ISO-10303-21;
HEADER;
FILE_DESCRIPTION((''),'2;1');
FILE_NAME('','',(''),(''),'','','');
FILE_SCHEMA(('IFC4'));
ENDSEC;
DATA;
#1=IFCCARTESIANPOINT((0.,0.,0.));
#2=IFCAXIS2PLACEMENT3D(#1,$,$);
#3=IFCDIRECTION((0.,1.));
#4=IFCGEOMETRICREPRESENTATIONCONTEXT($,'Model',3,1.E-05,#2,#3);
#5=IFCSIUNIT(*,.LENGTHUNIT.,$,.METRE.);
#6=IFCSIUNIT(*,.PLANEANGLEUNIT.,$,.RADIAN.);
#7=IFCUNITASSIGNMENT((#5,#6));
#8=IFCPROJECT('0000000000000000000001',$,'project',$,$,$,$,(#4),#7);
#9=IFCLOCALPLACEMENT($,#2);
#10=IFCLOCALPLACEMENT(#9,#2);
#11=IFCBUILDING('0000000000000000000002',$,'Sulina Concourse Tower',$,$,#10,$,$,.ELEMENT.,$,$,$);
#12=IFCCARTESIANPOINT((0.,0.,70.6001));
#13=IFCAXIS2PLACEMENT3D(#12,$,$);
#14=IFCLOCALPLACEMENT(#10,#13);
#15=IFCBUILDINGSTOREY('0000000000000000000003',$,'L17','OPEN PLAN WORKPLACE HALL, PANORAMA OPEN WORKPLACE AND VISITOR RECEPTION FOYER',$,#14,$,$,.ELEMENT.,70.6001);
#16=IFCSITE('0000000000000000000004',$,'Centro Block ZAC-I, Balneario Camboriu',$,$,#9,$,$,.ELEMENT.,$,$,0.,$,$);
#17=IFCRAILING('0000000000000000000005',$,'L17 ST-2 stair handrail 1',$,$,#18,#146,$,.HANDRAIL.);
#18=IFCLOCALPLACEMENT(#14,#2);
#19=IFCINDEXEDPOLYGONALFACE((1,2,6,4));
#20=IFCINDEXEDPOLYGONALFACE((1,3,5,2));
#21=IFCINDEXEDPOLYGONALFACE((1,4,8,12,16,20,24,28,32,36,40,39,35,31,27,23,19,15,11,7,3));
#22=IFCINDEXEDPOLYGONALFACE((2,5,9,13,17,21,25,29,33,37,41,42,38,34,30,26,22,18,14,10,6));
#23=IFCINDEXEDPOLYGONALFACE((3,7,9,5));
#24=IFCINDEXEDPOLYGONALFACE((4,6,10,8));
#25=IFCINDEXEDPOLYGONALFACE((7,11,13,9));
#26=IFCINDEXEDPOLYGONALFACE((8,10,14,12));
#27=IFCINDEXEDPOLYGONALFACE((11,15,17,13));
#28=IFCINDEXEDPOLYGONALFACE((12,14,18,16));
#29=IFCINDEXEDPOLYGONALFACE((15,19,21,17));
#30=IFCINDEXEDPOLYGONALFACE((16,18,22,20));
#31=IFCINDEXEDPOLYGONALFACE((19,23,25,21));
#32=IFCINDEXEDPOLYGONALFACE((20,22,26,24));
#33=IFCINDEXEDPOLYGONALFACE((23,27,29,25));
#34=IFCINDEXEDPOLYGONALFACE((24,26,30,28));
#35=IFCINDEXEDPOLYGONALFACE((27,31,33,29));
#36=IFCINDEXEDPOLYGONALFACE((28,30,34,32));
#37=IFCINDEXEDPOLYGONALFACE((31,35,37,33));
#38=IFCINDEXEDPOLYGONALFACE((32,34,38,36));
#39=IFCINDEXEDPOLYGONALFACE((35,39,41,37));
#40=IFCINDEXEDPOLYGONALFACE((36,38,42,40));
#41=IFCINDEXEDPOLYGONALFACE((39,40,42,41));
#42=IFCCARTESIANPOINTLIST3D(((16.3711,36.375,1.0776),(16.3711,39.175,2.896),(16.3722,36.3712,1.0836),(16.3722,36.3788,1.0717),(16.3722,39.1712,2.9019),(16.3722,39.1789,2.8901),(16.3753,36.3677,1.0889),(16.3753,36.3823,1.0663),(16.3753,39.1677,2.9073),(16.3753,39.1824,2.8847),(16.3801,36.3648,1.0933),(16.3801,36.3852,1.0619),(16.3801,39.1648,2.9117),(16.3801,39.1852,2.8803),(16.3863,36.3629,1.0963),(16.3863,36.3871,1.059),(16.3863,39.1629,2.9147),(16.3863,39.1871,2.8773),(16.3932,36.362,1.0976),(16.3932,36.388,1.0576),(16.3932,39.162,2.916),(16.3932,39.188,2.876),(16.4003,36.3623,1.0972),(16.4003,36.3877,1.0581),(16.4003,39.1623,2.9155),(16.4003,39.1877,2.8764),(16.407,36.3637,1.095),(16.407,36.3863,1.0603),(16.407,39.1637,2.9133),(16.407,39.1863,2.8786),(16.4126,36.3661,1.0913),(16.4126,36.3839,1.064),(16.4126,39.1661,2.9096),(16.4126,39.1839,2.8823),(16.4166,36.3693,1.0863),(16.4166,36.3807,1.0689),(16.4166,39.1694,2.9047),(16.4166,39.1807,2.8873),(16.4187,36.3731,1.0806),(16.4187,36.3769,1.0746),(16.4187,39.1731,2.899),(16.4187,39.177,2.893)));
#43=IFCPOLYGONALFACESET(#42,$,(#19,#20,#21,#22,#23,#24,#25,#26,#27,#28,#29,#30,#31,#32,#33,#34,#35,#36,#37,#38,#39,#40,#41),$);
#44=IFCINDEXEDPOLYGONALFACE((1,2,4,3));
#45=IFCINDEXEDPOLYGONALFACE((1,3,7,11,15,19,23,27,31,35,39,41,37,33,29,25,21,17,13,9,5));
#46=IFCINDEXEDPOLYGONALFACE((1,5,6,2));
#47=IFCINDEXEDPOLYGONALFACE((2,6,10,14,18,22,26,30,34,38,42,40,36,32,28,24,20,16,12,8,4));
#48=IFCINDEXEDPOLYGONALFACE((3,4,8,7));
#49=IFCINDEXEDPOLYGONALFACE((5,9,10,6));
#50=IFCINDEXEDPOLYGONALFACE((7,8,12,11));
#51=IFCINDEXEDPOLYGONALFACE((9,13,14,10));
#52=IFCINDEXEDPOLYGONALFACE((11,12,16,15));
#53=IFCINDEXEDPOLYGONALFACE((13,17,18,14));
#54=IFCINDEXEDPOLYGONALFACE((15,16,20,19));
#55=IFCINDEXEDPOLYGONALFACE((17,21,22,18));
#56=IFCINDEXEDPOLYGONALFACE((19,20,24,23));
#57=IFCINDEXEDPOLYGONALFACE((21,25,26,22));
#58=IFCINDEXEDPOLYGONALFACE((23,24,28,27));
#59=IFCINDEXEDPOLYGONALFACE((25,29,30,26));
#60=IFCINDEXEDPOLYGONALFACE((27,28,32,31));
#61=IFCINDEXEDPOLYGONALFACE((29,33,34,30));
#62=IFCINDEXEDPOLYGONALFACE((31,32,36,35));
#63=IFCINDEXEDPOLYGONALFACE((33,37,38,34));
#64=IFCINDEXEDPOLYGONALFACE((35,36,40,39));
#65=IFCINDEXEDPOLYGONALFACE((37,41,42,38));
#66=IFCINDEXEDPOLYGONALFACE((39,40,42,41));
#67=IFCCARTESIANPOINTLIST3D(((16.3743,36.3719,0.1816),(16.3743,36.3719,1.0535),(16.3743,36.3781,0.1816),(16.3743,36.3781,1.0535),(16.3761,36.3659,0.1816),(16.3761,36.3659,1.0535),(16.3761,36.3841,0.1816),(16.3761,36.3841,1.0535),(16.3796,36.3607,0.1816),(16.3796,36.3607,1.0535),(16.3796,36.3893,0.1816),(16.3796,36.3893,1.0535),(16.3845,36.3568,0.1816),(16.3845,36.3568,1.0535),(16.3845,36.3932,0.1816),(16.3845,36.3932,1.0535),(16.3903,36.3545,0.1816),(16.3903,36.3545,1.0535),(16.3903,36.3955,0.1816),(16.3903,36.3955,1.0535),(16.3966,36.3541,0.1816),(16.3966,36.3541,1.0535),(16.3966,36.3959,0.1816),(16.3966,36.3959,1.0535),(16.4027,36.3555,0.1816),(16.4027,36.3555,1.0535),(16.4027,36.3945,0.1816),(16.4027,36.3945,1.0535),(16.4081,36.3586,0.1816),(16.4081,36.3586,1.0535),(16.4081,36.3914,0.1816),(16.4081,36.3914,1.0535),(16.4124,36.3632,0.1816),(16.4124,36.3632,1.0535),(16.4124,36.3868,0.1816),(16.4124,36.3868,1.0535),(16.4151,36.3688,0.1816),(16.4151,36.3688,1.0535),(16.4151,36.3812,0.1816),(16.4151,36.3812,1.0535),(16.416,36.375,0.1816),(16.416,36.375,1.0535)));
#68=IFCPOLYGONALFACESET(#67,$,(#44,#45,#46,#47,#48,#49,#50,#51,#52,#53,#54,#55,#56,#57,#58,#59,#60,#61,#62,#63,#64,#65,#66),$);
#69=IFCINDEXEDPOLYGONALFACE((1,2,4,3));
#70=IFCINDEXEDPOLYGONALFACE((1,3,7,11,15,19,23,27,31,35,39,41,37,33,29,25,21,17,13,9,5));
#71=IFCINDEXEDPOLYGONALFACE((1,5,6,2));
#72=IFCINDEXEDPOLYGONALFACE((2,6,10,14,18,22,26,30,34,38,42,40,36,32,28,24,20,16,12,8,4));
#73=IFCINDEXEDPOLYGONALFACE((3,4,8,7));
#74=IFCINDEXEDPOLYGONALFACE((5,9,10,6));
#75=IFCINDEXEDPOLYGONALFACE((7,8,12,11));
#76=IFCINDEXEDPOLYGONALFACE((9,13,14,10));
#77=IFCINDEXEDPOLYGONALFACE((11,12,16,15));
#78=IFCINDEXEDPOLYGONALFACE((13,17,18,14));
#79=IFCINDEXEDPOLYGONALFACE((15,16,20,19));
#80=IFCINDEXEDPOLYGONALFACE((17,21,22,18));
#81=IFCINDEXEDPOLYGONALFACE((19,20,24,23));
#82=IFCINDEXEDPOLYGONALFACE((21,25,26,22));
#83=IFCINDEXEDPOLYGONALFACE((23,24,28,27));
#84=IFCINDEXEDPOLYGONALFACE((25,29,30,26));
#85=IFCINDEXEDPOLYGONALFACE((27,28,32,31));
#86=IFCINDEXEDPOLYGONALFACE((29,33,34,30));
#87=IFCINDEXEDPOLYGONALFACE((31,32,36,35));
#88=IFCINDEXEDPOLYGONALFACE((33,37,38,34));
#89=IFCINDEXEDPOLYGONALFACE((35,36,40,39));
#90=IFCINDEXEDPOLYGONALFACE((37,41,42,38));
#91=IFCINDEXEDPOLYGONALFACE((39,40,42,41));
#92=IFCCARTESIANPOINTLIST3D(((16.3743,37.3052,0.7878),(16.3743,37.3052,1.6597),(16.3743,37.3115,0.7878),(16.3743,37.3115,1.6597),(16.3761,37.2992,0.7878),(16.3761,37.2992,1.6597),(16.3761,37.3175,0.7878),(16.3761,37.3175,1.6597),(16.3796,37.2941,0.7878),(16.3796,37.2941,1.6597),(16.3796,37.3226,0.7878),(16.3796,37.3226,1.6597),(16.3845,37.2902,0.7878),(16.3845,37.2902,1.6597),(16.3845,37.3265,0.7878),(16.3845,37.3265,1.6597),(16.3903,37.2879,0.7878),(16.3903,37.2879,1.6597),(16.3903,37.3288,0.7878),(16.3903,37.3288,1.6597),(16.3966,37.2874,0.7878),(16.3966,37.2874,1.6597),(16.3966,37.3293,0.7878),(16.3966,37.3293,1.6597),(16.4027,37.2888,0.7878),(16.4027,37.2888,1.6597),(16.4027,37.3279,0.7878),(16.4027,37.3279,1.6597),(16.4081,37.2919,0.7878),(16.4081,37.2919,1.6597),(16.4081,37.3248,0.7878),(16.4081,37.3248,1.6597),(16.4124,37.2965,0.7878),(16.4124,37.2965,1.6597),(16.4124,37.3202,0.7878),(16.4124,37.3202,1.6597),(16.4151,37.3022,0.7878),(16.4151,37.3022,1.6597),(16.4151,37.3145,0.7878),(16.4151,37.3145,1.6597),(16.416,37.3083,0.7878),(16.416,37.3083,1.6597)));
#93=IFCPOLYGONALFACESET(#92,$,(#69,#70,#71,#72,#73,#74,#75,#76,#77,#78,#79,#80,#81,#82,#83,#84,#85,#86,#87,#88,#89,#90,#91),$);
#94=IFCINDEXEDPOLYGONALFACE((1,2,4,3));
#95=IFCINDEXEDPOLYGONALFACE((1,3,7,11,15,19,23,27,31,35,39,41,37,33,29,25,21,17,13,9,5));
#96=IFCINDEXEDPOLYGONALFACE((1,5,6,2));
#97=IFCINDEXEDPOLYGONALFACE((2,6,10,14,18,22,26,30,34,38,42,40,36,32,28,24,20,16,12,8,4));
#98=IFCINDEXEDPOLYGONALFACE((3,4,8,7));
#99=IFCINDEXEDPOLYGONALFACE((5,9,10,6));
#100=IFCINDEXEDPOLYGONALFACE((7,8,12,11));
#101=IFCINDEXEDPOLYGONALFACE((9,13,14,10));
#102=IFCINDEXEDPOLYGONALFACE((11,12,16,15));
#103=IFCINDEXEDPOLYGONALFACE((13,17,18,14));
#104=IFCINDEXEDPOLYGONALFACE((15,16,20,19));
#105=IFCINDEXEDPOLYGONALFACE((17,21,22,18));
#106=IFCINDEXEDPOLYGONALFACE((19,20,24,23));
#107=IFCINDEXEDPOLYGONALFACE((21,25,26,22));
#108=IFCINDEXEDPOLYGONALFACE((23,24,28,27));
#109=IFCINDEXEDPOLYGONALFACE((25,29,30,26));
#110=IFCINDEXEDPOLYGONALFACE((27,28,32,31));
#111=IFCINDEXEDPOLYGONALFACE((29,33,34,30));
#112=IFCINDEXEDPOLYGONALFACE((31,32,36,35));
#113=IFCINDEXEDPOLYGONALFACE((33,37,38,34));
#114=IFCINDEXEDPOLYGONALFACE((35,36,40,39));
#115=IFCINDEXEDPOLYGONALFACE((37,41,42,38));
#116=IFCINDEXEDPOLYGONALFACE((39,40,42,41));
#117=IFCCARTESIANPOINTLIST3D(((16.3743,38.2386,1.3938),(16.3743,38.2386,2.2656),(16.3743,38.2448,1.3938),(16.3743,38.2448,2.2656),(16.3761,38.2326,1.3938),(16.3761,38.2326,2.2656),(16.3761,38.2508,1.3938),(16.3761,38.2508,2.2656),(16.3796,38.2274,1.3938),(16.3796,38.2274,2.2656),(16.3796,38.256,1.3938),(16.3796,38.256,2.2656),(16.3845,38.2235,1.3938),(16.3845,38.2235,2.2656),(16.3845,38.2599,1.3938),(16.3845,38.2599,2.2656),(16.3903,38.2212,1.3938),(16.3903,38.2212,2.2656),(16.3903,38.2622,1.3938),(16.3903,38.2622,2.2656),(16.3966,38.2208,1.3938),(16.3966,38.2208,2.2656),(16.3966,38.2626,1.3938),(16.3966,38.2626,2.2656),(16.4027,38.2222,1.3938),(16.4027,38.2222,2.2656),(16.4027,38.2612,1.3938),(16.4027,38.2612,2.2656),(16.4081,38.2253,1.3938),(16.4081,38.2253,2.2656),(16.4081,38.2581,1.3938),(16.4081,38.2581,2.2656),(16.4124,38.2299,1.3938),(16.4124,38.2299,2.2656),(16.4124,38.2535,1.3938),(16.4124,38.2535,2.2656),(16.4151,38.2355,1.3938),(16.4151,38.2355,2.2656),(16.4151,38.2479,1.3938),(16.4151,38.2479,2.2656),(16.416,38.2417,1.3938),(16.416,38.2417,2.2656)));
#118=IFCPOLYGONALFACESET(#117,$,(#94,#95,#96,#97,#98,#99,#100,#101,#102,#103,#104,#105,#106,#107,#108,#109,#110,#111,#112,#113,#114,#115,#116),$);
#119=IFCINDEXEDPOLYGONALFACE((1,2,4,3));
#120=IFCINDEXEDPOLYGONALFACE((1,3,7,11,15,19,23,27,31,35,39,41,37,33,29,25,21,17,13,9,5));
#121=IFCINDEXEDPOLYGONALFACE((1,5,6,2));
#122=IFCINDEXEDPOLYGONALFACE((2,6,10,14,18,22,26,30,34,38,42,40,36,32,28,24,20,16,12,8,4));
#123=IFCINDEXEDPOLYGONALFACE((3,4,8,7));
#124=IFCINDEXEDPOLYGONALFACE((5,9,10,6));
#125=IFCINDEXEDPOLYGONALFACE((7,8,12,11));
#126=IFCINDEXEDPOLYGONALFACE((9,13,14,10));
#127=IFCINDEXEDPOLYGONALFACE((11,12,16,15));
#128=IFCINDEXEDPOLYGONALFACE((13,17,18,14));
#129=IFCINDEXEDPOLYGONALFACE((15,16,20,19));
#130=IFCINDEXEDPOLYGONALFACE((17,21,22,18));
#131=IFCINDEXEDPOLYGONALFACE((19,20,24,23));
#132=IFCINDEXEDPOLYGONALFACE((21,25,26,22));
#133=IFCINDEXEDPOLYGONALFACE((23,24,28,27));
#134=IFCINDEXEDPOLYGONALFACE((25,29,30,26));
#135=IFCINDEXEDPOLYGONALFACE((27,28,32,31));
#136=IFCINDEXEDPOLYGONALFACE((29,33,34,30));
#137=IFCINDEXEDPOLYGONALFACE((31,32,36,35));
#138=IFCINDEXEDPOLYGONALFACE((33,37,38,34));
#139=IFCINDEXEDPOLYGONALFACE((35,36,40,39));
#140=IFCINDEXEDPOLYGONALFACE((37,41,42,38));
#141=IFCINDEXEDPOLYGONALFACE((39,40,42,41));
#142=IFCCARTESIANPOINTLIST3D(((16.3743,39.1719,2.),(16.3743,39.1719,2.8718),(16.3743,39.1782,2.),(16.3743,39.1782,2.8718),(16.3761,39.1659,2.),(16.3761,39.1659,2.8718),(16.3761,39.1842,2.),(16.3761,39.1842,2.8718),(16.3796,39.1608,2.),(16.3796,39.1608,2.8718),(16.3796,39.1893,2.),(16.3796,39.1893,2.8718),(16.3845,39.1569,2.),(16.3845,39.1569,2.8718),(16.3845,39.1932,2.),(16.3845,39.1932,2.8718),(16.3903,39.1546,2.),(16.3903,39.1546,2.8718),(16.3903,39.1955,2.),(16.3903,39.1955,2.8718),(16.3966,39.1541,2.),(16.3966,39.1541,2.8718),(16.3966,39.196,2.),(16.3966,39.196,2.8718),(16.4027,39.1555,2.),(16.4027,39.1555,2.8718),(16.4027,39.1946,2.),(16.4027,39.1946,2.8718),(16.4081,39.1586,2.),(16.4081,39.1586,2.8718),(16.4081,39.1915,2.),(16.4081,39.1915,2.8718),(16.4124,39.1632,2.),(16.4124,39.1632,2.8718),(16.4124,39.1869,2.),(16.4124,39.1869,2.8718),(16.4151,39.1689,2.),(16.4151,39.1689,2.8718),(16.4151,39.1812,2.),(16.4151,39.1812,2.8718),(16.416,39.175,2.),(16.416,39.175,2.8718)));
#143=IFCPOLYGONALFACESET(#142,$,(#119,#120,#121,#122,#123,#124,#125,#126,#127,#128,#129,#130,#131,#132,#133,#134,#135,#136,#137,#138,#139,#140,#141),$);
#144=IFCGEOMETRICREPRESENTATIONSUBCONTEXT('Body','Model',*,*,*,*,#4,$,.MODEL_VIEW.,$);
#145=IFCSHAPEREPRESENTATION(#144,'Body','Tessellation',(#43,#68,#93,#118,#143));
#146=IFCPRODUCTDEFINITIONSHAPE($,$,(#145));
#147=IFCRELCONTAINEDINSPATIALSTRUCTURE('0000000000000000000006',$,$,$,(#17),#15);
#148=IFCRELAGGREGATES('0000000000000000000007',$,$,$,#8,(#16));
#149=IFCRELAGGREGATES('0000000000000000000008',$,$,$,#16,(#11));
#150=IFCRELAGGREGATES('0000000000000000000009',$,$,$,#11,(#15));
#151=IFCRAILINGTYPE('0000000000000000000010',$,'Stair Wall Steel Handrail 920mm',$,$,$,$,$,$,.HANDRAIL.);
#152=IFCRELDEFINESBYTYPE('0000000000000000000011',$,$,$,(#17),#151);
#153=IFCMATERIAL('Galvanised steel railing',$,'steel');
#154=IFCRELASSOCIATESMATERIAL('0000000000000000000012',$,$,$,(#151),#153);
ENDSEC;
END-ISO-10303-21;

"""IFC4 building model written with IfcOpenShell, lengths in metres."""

from ifc_helpers import new_model, si_unit, direction, frame, origin, origin_2d, place, context, subcontext, project, spatial, circle, extrude, material, type_object, element, save


model = new_model("IFC4")

# Units and contexts
model_context = context("Model", 3, precision=1e-05, world=origin(), true_north=direction((0.0, 1.0)))
body_context = subcontext(model_context, "Body", "Model", "MODEL_VIEW")
ifc_project = project(units=[si_unit("LENGTHUNIT", "METRE"), si_unit("PLANEANGLEUNIT", "RADIAN")], contexts=[model_context])

# Site, building, storey
site_placement = place(None, origin())
site = spatial("IfcSite", under=ifc_project, at=site_placement, Name="Centro Block ZAC-I, Balneario Camboriu", CompositionType="ELEMENT", RefElevation=0.0)
building_placement = place(site_placement, origin())
building = spatial("IfcBuilding", under=site, at=building_placement, Name="Sulina Concourse Tower", CompositionType="ELEMENT")
storey_placement = place(building_placement, frame((0.0, 0.0, 70.6001)))
storey = spatial("IfcBuildingStorey", under=building, at=storey_placement, Name="L17", Description="OPEN PLAN WORKPLACE HALL, PANORAMA OPEN WORKPLACE AND VISITOR RECEPTION FOYER", CompositionType="ELEMENT", Elevation=70.6001)

# Railing
ifc_material_1 = material(Name="Galvanised steel railing", Category="steel")
railing_type_1 = type_object("IfcRailingType", Name="Stair Wall Steel Handrail 920mm", PredefinedType="HANDRAIL", material=ifc_material_1)
railing_1_placement = place(storey_placement, frame((16.395, 36.375, 0.1816)))
element("IfcRailing", 1, at=railing_1_placement, inside=storey, type_object=railing_type_1, Name="L17 ST-2 stair handrail 1", PredefinedType="HANDRAIL", context=body_context, shape_type="SweptSolid", body=[
    extrude(circle(Radius=0.0239, at=origin_2d()), frame((0.0, 0.0, 0.896), z_axis=(0.0, 0.838672, 0.544636), x_axis=(-1.0, 0.0, 0.0)), (0.0, 0.0, 1.0), 3.3386),
    extrude(circle(Radius=0.021, at=origin_2d()), origin(), (0.0, 0.0, 1.0), 0.8718),
    extrude(circle(Radius=0.021, at=origin_2d()), frame((0.0, 0.9333, 0.6062)), (0.0, 0.0, 1.0), 0.8718),
    extrude(circle(Radius=0.021, at=origin_2d()), frame((0.0, 1.8667, 1.2122)), (0.0, 0.0, 1.0), 0.8718),
    extrude(circle(Radius=0.021, at=origin_2d()), frame((0.0, 2.8, 1.8184)), (0.0, 0.0, 1.0), 0.8718),
])

save(model, "model.ifc")
